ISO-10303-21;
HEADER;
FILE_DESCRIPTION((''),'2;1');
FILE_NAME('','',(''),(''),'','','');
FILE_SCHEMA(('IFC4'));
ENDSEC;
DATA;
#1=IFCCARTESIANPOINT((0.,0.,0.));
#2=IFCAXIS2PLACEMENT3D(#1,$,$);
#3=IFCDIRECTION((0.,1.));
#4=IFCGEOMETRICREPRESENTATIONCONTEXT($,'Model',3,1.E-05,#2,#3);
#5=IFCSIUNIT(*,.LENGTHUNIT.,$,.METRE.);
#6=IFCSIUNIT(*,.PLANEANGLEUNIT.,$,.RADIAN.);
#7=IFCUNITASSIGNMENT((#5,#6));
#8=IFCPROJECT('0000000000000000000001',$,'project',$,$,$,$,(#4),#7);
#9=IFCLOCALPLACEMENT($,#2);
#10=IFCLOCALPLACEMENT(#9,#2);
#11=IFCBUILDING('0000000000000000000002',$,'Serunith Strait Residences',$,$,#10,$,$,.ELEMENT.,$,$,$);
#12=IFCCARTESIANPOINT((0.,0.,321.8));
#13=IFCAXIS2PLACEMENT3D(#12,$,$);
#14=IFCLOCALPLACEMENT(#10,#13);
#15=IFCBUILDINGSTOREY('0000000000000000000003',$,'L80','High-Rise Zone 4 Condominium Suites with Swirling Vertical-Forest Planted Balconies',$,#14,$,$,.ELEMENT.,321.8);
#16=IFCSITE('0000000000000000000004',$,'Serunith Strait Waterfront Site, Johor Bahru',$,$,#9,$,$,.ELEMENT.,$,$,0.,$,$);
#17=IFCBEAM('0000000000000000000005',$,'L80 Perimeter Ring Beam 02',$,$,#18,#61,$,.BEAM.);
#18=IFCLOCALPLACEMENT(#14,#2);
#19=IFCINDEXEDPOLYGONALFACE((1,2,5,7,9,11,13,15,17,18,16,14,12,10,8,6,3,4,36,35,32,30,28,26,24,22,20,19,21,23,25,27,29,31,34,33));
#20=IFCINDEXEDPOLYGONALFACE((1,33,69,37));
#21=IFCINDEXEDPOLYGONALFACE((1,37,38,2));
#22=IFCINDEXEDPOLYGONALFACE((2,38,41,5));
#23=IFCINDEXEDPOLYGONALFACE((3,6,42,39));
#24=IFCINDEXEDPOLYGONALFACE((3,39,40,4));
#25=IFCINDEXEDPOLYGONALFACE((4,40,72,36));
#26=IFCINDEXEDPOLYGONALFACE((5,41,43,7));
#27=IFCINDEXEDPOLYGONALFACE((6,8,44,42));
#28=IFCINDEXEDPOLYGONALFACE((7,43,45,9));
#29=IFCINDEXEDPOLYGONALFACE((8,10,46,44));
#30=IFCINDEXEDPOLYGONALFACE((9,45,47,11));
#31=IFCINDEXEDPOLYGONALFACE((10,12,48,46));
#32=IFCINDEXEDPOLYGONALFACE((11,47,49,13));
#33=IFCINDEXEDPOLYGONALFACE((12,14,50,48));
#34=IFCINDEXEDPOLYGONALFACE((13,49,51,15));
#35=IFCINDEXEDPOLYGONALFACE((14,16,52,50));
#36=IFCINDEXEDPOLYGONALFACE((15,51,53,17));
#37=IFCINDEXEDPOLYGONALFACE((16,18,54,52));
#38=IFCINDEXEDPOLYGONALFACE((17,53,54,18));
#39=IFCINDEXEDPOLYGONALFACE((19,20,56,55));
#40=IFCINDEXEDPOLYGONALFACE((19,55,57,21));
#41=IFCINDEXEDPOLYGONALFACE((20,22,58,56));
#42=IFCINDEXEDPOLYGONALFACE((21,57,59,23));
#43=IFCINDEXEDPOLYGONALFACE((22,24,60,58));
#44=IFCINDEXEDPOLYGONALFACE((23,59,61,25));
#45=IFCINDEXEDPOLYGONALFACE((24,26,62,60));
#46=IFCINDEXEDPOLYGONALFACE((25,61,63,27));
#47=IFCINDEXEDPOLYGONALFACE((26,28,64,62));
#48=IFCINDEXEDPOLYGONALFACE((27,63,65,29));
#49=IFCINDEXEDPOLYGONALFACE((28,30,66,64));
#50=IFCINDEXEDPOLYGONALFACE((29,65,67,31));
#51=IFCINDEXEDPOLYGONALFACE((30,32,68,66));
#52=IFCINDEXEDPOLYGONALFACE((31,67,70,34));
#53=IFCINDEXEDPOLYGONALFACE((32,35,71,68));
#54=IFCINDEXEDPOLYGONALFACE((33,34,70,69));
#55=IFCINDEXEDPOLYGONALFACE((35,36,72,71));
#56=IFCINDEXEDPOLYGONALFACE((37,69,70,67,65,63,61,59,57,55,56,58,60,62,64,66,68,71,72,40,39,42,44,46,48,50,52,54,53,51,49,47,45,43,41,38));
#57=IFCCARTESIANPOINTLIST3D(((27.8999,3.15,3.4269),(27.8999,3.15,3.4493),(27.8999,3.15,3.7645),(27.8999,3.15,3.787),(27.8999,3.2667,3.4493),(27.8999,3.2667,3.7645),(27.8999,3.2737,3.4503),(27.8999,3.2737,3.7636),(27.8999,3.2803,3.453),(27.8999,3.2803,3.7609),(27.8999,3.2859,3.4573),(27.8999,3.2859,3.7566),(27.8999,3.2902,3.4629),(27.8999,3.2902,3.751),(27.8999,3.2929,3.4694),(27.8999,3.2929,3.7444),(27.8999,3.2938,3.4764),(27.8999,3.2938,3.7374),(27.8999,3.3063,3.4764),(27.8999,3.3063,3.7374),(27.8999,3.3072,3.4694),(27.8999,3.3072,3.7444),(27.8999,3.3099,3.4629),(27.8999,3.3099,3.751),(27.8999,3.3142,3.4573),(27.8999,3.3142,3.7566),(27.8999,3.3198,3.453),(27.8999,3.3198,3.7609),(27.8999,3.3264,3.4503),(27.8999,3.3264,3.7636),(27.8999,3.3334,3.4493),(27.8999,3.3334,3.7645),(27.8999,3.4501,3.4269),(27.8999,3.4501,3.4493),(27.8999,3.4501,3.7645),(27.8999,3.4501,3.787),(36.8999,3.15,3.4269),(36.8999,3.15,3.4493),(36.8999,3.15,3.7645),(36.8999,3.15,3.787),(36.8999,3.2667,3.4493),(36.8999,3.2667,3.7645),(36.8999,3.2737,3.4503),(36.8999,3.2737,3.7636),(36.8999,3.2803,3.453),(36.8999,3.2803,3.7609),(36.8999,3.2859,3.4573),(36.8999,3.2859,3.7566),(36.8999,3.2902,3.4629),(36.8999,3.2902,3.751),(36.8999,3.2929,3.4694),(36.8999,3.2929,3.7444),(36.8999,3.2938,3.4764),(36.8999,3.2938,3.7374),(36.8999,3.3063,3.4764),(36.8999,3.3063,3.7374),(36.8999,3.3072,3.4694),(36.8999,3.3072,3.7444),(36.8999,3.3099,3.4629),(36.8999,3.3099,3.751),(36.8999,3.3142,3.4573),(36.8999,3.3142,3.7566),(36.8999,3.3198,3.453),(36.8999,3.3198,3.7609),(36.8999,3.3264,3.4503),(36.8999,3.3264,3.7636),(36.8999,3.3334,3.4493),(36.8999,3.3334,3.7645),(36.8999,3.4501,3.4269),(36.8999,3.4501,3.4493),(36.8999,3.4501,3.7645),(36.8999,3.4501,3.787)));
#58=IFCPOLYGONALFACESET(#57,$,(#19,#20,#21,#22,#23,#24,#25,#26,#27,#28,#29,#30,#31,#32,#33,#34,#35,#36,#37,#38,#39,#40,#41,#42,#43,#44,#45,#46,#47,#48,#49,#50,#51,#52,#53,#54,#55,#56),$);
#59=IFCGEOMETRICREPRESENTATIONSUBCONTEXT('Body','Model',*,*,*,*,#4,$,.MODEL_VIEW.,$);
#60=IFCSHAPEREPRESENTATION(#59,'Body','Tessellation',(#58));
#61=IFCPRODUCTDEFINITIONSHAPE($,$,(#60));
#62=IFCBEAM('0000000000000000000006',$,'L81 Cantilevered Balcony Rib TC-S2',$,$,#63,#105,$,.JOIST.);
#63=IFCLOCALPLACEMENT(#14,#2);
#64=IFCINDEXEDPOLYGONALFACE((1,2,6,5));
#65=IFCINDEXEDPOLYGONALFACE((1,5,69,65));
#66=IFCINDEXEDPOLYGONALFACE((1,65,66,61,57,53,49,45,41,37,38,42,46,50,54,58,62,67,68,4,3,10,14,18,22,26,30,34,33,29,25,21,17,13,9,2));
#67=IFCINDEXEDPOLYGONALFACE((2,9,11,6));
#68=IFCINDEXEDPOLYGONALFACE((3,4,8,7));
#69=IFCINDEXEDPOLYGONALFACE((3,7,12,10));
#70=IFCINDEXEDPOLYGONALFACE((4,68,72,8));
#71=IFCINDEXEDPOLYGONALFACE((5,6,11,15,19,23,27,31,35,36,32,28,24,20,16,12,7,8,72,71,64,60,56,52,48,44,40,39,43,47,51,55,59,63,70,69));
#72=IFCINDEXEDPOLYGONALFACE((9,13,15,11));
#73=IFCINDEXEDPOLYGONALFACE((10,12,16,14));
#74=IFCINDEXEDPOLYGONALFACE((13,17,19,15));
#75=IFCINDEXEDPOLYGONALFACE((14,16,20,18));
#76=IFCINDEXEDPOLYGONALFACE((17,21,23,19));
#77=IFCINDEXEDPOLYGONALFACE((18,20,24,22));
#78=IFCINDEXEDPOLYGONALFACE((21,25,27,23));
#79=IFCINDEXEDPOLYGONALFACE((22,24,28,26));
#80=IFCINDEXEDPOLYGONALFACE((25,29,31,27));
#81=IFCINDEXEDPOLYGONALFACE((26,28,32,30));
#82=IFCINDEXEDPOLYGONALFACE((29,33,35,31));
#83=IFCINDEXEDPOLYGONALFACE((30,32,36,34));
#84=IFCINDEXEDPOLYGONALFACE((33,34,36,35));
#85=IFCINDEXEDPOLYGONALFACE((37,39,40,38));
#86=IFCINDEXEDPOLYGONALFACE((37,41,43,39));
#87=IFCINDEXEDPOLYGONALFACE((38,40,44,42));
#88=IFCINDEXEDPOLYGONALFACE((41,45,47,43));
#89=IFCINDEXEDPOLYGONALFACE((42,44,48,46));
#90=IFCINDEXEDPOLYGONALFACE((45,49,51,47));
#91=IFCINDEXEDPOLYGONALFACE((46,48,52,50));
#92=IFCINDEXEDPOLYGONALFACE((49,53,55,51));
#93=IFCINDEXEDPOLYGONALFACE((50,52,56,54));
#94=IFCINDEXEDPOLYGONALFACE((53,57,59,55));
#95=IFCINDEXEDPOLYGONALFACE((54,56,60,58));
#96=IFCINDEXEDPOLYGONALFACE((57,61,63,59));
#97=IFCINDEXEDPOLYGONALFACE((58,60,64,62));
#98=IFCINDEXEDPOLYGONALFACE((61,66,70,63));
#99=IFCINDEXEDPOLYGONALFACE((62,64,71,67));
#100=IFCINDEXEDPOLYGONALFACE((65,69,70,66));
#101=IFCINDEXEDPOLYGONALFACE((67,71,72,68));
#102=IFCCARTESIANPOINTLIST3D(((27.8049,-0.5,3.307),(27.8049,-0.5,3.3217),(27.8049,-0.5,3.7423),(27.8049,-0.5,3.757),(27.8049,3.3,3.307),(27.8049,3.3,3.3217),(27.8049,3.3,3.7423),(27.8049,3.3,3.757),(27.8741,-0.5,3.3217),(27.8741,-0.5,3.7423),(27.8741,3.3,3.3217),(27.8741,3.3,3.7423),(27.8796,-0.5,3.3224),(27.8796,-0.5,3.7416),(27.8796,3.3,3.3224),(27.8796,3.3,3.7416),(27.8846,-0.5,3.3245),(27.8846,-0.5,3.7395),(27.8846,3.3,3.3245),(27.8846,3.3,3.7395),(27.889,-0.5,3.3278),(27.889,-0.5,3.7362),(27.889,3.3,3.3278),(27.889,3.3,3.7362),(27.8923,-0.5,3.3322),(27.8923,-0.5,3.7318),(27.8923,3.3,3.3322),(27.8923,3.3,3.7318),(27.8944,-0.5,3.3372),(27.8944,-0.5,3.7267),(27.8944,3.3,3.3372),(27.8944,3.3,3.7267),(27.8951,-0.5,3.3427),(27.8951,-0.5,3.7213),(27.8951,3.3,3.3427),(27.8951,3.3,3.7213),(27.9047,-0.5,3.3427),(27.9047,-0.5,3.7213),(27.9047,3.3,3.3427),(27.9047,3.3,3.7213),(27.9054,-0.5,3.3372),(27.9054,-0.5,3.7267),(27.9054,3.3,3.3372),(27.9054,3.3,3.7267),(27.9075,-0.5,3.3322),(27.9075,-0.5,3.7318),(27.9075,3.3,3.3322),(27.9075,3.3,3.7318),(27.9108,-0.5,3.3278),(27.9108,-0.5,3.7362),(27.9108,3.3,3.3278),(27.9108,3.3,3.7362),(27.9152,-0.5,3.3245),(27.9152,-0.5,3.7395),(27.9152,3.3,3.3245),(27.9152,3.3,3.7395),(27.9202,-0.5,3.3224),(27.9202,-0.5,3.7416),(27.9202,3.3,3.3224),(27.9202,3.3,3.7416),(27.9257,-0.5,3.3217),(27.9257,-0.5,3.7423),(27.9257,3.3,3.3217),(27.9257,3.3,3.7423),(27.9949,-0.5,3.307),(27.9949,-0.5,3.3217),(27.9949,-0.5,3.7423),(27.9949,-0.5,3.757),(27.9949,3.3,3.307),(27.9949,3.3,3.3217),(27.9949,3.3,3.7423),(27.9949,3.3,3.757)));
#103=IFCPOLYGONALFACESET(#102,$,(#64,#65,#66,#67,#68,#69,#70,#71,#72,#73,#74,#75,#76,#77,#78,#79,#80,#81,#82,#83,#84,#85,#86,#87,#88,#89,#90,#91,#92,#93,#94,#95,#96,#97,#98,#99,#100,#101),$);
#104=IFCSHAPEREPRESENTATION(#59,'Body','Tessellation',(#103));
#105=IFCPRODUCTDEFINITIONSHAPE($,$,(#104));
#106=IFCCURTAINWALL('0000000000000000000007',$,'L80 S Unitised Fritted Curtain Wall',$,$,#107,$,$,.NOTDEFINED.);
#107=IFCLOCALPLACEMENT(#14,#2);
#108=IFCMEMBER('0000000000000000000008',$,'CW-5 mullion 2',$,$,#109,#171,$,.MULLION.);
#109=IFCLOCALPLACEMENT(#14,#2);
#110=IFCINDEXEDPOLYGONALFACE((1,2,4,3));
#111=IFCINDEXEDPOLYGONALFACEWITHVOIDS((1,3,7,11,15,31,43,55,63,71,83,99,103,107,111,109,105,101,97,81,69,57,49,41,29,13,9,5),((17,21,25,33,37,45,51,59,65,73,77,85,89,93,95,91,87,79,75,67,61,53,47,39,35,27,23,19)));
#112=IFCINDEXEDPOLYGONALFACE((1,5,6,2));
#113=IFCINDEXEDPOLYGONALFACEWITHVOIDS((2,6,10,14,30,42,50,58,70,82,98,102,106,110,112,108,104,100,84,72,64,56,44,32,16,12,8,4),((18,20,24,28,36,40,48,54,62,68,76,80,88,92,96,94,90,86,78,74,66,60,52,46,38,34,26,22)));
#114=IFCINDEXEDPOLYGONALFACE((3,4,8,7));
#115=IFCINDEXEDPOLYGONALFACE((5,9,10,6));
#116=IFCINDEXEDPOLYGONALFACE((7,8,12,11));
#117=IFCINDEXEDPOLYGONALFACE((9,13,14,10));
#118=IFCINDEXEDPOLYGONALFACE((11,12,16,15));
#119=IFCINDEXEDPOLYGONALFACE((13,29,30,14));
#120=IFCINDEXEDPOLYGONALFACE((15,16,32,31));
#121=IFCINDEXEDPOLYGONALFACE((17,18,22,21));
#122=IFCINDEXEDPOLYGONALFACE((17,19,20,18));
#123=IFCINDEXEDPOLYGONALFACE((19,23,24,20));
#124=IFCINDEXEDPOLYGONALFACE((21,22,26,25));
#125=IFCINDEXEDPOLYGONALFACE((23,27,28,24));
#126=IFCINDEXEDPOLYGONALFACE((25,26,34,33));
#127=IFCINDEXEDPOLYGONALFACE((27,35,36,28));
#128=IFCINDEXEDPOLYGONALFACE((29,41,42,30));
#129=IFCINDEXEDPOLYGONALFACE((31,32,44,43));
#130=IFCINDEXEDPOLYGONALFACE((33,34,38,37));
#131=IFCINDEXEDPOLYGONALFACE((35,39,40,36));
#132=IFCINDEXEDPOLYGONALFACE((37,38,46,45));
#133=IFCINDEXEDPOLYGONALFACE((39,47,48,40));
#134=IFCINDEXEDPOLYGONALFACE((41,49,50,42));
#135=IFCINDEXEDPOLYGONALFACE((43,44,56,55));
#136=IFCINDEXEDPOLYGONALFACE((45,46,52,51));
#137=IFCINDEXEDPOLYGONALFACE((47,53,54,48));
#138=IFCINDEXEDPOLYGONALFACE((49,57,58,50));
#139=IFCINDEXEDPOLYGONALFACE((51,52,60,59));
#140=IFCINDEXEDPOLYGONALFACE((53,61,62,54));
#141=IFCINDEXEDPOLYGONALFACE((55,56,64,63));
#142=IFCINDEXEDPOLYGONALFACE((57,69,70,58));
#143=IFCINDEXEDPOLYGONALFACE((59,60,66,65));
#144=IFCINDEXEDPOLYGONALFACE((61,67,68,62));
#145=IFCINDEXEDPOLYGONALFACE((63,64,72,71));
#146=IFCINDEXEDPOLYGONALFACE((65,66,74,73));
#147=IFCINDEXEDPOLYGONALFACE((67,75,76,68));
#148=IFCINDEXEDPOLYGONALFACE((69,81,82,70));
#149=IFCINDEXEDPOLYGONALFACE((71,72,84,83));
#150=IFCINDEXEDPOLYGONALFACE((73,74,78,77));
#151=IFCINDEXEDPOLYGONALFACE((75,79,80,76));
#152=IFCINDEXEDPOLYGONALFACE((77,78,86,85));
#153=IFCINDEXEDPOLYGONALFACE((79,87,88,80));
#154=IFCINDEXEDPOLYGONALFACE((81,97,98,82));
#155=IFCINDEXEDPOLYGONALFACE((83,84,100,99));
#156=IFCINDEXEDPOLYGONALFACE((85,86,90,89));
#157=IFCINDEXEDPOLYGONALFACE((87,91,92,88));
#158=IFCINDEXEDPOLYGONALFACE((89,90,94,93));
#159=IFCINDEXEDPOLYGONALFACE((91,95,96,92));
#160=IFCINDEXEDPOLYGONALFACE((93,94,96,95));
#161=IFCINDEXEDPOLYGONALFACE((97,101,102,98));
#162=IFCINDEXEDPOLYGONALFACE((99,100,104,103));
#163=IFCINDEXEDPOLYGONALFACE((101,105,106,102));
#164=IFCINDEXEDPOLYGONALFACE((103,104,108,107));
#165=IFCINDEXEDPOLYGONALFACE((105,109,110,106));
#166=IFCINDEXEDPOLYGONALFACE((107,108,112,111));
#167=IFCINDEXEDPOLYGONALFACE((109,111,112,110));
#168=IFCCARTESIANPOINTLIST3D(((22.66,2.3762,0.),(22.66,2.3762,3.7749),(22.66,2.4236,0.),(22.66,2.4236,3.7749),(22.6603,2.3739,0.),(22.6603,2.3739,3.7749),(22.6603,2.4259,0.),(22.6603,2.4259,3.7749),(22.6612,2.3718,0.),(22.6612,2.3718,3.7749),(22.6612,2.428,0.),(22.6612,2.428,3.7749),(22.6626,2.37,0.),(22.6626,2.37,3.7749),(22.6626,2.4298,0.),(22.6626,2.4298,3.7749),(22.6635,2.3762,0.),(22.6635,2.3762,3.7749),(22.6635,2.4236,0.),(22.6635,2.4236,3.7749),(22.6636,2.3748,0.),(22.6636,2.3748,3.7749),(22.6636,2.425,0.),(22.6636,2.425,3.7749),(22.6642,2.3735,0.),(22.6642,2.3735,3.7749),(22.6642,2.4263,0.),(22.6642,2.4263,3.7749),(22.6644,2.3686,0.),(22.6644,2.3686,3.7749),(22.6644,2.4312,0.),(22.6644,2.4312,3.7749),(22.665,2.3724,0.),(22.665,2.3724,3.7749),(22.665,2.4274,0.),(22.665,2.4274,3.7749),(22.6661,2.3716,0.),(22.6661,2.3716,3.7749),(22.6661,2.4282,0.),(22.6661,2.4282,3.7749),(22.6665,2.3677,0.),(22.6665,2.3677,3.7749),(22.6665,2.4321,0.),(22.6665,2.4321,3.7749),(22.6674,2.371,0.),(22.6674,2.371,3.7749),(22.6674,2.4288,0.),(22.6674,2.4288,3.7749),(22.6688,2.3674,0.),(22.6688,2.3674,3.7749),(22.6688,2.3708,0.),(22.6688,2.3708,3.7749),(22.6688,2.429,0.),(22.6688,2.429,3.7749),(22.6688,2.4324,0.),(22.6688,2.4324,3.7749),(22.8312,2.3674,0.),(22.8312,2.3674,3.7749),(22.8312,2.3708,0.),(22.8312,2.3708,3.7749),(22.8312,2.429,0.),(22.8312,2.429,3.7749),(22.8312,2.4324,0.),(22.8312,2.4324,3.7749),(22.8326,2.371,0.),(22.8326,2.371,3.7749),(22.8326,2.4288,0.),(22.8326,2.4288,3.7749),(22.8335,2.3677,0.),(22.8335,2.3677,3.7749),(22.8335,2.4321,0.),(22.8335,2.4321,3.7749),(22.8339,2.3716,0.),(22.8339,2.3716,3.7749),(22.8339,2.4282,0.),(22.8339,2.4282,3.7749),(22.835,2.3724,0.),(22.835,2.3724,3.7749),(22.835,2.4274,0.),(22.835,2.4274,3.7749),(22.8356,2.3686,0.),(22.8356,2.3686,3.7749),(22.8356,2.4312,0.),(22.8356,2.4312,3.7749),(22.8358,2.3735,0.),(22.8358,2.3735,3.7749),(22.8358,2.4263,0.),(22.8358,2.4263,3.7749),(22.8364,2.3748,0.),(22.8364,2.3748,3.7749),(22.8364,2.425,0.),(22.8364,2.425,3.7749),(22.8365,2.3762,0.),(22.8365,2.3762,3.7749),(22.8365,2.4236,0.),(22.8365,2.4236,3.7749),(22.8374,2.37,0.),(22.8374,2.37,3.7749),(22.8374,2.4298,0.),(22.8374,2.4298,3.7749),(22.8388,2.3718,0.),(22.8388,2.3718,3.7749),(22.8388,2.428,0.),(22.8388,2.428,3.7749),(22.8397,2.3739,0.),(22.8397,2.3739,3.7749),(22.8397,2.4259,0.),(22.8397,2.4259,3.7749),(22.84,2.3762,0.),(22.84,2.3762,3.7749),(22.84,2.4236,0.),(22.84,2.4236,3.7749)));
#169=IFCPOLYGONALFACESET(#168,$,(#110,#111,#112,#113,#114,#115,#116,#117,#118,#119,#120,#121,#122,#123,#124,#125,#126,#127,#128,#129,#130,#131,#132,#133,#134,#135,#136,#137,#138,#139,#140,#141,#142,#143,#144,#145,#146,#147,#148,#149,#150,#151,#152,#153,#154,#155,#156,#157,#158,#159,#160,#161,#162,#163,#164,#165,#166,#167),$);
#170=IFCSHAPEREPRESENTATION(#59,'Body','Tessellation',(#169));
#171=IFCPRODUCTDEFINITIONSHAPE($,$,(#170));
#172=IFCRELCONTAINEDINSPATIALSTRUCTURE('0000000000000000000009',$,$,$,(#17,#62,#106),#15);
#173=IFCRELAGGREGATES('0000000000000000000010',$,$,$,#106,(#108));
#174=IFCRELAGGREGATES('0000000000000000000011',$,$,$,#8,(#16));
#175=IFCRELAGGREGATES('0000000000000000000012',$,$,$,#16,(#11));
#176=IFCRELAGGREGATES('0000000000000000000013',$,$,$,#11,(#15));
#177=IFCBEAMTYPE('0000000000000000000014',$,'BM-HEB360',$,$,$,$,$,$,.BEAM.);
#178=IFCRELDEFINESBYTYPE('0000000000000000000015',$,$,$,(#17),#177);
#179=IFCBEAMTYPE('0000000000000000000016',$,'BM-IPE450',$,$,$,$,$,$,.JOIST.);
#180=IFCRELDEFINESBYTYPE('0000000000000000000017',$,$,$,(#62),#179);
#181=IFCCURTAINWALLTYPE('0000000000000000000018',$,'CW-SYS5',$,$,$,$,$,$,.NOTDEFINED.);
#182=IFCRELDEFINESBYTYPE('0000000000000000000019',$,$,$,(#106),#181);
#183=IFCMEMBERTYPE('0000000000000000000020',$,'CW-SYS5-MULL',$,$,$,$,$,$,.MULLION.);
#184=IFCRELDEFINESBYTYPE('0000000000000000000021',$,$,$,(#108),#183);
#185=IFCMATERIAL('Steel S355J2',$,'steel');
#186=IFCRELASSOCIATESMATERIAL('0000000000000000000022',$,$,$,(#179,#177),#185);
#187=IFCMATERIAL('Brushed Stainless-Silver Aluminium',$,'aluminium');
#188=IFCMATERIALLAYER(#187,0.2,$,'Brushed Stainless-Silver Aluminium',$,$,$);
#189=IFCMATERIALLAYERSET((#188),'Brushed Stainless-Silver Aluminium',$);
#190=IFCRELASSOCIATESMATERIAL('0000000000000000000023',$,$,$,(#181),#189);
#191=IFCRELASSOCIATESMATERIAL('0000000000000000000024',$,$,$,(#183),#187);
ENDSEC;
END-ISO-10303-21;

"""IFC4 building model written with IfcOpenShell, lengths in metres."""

from ifc_helpers import new_model, si_unit, direction, frame, origin, origin_2d, place, context, subcontext, project, spatial, hollow_rectangle, i_section, extrude, source, transform, mapped, material, layer, layer_set, material_profile, profile_set, type_object, element, aggregate, save


model = new_model("IFC4")

# Units and contexts
model_context = context("Model", 3, precision=1e-05, world=origin(), true_north=direction((0.0, 1.0)))
body_context = subcontext(model_context, "Body", "Model", "MODEL_VIEW")
ifc_project = project(units=[si_unit("LENGTHUNIT", "METRE"), si_unit("PLANEANGLEUNIT", "RADIAN")], contexts=[model_context])

# Site, building, storey
site_placement = place(None, origin())
site = spatial("IfcSite", under=ifc_project, at=site_placement, Name="Serunith Strait Waterfront Site, Johor Bahru", CompositionType="ELEMENT", RefElevation=0.0)
building_placement = place(site_placement, origin())
building = spatial("IfcBuilding", under=site, at=building_placement, Name="Serunith Strait Residences", CompositionType="ELEMENT")
storey_placement = place(building_placement, frame((0.0, 0.0, 321.8)))
storey = spatial("IfcBuildingStorey", under=building, at=storey_placement, Name="L80", Description="High-Rise Zone 4 Condominium Suites with Swirling Vertical-Forest Planted Balconies", CompositionType="ELEMENT", Elevation=321.8)

# Beams
ifc_material_1 = material(Name="Steel S355J2", Category="steel")
ifc_material_profile_1 = material_profile(ifc_material_1, i_section(OverallWidth=0.1899, OverallDepth=0.45, WebThickness=0.0095, FlangeThickness=0.0146, FilletRadius=0.021, at=origin_2d()), Name="IPE 450")
ifc_profile_set_1 = profile_set([ifc_material_profile_1], Name="Steel S355J2")
beam_type_1 = type_object("IfcBeamType", Name="BM-IPE450", PredefinedType="JOIST", material=ifc_profile_set_1)
ifc_material_profile_2 = material_profile(ifc_material_1, i_section(OverallWidth=0.3, OverallDepth=0.3601, WebThickness=0.0125, FlangeThickness=0.0225, FilletRadius=0.0271, at=origin_2d()), Name="HEB 360")
ifc_profile_set_2 = profile_set([ifc_material_profile_2], Name="Steel S355J2")
beam_type_2 = type_object("IfcBeamType", Name="BM-HEB360", PredefinedType="BEAM", material=ifc_profile_set_2)
shared_shape_1 = source(origin(), body_context, "Body", "SweptSolid", [
    extrude(i_section(OverallWidth=0.3, OverallDepth=0.3601, WebThickness=0.0125, FlangeThickness=0.0225, FilletRadius=0.0271, at=origin_2d()), origin(), (0.0, 0.0, 1.0), 9.0),
])
beam_1_placement = place(storey_placement, frame((27.8999, 3.3, 3.6069), z_axis=(1.0, 0.0, 0.0), x_axis=(0.0, 1.0, 0.0)))
element("IfcBeam", 1, at=beam_1_placement, inside=storey, type_object=beam_type_2, Name="L80 Perimeter Ring Beam 02", PredefinedType="BEAM", context=body_context, shape_type="MappedRepresentation", body=[
    mapped(shared_shape_1, transform((0.0, 0.0, 0.0), scale=1.0)),
])
shared_shape_2 = source(origin(), body_context, "Body", "SweptSolid", [
    extrude(i_section(OverallWidth=0.1899, OverallDepth=0.45, WebThickness=0.0095, FlangeThickness=0.0146, FilletRadius=0.021, at=origin_2d()), origin(), (0.0, 0.0, 1.0), 3.8),
])
beam_2_placement = place(storey_placement, frame((27.8999, 3.3, 3.532), z_axis=(0.0, -1.0, 0.0), x_axis=(1.0, 0.0, 0.0)))
element("IfcBeam", 2, at=beam_2_placement, inside=storey, type_object=beam_type_1, Name="L81 Cantilevered Balcony Rib TC-S2", PredefinedType="JOIST", context=body_context, shape_type="MappedRepresentation", body=[
    mapped(shared_shape_2, transform((0.0, 0.0, 0.0), scale=1.0)),
])

# Curtain wall, member
ifc_material_2 = material(Name="Brushed Stainless-Silver Aluminium", Category="aluminium")
ifc_layer_1 = layer(ifc_material_2, 0.2, Name="Brushed Stainless-Silver Aluminium")
ifc_layer_set_1 = layer_set([ifc_layer_1], Name="Brushed Stainless-Silver Aluminium")
curtain_wall_type = type_object("IfcCurtainWallType", Name="CW-SYS5", PredefinedType="NOTDEFINED", material=ifc_layer_set_1)
curtain_wall_placement = place(storey_placement, origin())
curtain_wall = element("IfcCurtainWall", 3, at=curtain_wall_placement, inside=storey, type_object=curtain_wall_type, Name="L80 S Unitised Fritted Curtain Wall", PredefinedType="NOTDEFINED")
ifc_material_profile_3 = material_profile(ifc_material_2, hollow_rectangle(XDim=0.0649, YDim=0.1799, WallThickness=0.0034, InnerFilletRadius=0.0054, OuterFilletRadius=0.0088, at=origin_2d()), Name="ALU 180x65x3.5")
ifc_profile_set_3 = profile_set([ifc_material_profile_3], Name="Brushed Stainless-Silver Aluminium")
member_type_1 = type_object("IfcMemberType", Name="CW-SYS5-MULL", PredefinedType="MULLION", material=ifc_profile_set_3)
shared_shape_3 = source(origin(), body_context, "Body", "SweptSolid", [
    extrude(hollow_rectangle(XDim=0.0649, YDim=0.1799, WallThickness=0.0034, InnerFilletRadius=0.0054, OuterFilletRadius=0.0088, at=origin_2d()), origin(), (0.0, 0.0, 1.0), 3.7749),
])
member_1_placement = place(storey_placement, frame((22.75, 2.3999, 0.0), z_axis=(0.0, 0.0, 1.0), x_axis=(0.0, 1.0, 0.0)))
member_1 = element("IfcMember", 4, at=member_1_placement, type_object=member_type_1, Name="CW-5 mullion 2", PredefinedType="MULLION", context=body_context, shape_type="MappedRepresentation", body=[
    mapped(shared_shape_3, transform((0.0, 0.0, 0.0), scale=1.0)),
])
aggregate(curtain_wall, [member_1])

save(model, "model.ifc")
